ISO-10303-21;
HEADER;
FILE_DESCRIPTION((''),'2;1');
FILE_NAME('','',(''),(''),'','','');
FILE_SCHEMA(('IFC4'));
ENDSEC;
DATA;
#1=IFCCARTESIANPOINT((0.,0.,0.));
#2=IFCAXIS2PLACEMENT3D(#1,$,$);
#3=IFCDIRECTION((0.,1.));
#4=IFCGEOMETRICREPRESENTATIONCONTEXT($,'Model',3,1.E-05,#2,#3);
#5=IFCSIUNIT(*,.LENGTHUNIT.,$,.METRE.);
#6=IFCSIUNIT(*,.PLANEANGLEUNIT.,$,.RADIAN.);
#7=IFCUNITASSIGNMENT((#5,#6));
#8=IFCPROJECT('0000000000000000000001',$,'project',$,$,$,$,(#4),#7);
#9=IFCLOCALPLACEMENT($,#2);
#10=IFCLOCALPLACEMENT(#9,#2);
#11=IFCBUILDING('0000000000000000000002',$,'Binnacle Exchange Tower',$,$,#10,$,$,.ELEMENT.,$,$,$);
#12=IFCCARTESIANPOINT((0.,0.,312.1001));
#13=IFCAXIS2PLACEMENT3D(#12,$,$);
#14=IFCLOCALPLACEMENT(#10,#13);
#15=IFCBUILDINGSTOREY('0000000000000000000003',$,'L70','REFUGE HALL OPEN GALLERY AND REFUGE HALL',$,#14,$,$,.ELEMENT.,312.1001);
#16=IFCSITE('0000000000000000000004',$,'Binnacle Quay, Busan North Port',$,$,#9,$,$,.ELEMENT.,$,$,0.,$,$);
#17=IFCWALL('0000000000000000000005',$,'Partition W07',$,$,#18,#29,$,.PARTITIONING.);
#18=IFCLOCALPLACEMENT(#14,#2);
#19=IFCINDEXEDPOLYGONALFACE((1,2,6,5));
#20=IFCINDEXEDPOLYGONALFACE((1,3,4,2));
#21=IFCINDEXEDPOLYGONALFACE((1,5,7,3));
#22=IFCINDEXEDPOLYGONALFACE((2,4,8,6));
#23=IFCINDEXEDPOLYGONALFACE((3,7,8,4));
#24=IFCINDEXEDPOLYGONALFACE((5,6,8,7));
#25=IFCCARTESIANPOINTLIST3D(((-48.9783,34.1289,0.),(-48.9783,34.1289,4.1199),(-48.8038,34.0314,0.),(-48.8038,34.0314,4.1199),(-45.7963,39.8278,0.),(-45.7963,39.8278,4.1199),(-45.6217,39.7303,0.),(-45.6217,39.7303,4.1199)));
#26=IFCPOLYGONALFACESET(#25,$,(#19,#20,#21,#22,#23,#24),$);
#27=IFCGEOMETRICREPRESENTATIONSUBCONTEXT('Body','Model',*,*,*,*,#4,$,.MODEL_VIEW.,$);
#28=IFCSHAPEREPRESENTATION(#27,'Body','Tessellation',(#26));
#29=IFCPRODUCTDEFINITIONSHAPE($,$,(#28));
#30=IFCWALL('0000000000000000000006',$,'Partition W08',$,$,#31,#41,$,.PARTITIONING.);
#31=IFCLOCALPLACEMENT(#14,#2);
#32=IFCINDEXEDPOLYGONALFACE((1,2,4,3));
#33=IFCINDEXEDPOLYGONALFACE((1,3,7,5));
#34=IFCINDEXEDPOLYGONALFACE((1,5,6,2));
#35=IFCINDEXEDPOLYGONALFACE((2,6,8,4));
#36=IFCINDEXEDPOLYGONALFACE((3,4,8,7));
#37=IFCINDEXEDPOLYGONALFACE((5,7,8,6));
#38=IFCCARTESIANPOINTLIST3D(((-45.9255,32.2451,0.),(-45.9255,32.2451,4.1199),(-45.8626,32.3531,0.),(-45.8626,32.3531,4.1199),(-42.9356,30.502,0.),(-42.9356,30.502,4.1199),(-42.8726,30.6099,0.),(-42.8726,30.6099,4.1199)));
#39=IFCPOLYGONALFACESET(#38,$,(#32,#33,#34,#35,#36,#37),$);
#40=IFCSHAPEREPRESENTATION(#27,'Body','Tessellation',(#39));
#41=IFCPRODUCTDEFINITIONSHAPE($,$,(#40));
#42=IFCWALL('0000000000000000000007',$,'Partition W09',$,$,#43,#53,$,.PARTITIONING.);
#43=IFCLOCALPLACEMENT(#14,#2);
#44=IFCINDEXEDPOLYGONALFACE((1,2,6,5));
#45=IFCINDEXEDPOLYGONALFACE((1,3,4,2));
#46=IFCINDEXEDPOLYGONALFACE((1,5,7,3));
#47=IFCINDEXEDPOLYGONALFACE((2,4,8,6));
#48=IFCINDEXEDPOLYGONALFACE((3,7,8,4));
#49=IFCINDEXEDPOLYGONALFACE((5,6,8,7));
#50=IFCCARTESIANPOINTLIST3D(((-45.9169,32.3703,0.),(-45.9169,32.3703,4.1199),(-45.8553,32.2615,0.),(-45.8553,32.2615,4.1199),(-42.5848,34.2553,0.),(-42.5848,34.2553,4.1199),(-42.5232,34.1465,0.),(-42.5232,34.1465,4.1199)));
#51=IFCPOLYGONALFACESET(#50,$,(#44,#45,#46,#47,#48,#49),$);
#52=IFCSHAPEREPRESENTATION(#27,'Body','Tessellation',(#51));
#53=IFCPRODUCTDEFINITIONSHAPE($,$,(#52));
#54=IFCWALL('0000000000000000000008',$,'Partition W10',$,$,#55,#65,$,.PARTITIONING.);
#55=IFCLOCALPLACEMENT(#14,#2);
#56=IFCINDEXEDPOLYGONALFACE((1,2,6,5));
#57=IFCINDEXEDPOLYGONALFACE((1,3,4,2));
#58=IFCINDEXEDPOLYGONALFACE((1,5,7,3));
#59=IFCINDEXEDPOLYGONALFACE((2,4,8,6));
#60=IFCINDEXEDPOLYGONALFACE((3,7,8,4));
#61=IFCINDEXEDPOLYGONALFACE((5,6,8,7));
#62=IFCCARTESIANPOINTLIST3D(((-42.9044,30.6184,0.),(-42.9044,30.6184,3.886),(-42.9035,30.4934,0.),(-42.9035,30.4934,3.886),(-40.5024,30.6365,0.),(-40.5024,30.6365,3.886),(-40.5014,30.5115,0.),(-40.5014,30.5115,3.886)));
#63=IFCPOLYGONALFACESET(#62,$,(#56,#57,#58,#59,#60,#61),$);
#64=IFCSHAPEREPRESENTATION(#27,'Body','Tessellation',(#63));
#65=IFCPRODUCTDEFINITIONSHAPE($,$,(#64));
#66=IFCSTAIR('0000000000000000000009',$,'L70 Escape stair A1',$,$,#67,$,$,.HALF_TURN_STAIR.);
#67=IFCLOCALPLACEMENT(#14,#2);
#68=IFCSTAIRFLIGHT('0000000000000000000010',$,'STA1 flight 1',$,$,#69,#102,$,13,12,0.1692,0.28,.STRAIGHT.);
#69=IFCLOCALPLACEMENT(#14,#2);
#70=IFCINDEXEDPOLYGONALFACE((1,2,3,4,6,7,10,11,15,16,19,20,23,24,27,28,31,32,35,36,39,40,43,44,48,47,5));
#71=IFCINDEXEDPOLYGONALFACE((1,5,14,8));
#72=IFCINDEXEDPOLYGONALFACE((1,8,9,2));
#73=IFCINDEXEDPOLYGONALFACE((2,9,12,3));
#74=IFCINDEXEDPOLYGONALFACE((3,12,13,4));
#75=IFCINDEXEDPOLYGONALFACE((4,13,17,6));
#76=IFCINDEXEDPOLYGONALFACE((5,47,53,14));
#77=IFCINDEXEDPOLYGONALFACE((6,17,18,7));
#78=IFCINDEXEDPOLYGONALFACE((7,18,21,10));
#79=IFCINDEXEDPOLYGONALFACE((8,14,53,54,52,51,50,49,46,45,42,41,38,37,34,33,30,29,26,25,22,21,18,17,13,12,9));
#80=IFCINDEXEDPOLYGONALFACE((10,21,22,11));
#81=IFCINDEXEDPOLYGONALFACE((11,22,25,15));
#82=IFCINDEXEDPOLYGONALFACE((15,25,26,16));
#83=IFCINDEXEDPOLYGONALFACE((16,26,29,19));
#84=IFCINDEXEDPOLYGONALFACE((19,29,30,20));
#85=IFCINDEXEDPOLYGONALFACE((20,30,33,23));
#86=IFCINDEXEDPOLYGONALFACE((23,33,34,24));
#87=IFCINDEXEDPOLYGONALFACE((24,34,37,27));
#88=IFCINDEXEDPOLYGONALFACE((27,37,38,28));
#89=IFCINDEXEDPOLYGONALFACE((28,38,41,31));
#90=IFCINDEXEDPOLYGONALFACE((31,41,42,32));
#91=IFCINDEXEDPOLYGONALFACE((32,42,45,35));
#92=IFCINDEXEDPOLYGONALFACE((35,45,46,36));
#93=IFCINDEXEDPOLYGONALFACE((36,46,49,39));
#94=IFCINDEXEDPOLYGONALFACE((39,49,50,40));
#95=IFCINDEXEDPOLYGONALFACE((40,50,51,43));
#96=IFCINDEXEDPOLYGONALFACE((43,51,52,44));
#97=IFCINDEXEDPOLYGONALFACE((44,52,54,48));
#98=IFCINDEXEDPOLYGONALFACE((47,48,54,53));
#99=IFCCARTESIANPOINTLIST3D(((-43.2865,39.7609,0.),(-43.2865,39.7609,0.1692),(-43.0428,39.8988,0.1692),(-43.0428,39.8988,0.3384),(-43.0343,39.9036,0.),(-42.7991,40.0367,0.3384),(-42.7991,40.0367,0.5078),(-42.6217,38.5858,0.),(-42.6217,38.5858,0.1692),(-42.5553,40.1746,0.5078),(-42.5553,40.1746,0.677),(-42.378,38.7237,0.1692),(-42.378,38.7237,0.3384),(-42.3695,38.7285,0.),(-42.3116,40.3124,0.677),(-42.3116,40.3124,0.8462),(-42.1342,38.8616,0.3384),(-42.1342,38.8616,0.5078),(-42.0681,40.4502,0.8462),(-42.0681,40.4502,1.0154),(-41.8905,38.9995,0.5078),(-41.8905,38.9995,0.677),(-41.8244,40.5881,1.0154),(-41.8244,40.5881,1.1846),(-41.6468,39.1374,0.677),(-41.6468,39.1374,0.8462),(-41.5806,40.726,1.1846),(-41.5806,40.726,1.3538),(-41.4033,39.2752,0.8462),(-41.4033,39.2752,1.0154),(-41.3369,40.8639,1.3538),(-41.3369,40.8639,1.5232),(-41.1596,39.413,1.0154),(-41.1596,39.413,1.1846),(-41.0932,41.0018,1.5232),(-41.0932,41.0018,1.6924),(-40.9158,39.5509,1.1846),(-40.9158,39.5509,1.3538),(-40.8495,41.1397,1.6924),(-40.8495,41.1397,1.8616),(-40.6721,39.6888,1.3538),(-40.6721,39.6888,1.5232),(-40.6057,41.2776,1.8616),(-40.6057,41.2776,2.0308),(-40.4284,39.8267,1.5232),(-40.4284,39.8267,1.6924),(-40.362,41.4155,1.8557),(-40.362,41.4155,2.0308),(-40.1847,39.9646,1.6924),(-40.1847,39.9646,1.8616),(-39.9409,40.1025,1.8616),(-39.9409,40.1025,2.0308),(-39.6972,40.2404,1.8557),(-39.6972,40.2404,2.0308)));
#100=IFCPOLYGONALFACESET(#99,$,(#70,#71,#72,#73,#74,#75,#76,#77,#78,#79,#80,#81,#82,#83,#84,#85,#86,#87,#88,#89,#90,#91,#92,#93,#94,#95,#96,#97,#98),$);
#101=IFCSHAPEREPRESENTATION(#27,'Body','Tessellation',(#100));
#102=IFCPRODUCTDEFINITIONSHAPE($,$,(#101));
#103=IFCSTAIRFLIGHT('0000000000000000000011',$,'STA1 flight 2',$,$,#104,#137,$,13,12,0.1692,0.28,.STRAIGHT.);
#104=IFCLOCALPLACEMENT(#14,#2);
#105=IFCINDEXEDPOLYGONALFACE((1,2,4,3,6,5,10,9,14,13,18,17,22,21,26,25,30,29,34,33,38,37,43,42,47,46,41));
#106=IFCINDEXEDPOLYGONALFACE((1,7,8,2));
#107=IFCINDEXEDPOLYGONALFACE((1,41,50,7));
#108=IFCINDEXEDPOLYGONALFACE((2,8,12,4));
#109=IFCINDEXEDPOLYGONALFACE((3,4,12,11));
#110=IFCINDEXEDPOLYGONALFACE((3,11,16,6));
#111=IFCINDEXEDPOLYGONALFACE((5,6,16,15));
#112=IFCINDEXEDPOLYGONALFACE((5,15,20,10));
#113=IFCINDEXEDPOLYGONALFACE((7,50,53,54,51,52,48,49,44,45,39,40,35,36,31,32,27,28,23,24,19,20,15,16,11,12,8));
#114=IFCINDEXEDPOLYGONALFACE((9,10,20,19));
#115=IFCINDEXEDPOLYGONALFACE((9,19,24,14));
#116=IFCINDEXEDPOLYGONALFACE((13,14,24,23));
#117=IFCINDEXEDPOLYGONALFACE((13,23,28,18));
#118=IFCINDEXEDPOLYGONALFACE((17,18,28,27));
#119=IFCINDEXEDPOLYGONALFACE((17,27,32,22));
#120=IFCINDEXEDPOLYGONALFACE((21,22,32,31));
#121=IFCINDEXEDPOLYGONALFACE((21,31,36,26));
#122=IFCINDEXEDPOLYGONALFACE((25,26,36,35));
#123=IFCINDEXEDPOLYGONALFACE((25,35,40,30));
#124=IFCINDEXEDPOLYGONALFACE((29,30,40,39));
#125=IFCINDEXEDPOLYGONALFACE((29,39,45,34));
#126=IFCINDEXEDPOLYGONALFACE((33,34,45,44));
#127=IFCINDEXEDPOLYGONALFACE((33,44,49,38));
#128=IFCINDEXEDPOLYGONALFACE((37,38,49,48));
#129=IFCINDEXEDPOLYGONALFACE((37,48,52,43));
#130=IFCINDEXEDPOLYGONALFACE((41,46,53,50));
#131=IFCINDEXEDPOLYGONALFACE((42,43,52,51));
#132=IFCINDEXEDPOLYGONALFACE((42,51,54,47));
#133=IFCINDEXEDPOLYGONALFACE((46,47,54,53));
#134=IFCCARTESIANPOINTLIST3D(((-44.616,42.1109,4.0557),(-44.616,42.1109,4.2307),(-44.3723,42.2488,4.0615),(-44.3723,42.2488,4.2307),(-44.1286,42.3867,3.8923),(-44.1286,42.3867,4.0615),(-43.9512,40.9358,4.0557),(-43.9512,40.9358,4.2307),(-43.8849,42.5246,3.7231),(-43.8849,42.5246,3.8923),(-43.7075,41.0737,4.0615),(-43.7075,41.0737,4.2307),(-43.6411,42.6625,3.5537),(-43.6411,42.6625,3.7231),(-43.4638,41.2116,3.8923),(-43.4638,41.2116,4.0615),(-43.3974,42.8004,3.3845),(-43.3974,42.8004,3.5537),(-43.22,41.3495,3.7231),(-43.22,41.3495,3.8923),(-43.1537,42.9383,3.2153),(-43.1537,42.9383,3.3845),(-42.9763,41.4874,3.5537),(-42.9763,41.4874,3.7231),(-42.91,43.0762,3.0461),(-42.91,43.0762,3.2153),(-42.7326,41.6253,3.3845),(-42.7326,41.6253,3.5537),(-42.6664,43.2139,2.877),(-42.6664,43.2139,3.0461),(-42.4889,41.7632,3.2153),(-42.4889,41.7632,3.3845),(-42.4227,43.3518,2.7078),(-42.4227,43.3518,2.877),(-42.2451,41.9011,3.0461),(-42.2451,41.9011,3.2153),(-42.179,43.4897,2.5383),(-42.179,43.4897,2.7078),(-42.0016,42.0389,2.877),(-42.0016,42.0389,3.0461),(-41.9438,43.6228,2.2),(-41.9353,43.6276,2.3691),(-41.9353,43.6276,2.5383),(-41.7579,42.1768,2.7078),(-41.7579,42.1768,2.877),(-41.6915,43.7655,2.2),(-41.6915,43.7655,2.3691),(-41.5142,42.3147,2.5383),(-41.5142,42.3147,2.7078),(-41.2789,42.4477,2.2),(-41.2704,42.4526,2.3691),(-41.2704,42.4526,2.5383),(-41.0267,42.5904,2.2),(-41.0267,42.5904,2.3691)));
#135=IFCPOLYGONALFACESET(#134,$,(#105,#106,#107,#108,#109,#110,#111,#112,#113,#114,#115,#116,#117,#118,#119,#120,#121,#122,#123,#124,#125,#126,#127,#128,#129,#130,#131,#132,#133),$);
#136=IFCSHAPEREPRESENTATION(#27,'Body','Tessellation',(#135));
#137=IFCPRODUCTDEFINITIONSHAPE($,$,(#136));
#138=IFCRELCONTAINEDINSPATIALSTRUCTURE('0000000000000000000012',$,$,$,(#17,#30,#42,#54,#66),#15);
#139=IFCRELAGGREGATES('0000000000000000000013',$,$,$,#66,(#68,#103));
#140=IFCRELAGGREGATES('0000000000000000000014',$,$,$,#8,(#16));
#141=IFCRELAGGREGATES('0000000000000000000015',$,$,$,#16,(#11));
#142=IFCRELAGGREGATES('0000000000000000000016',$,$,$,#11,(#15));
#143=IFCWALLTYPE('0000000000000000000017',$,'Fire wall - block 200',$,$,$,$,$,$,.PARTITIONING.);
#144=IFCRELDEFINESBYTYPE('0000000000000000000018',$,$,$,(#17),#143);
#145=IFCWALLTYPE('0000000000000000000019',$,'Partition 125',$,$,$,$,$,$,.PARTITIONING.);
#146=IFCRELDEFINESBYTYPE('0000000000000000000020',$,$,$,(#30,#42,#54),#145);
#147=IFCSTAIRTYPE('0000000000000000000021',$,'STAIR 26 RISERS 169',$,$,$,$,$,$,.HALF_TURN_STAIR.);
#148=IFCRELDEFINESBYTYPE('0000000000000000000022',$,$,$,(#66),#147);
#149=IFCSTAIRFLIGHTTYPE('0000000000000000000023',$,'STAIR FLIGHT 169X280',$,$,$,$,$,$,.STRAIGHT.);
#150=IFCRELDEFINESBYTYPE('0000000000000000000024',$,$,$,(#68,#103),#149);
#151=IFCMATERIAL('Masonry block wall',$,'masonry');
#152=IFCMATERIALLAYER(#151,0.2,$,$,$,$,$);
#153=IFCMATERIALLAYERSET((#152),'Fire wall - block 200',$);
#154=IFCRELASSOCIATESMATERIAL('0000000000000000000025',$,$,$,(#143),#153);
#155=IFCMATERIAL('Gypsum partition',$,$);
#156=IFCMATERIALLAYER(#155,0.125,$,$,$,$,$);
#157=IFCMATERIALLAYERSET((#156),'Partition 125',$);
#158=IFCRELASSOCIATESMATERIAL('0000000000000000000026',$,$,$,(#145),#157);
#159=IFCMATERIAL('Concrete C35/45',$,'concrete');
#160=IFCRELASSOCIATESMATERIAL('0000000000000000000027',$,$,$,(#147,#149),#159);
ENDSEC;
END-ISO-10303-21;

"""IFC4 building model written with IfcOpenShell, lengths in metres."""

from ifc_helpers import new_model, si_unit, direction, frame, frame_2d, origin, place, context, subcontext, project, spatial, polyline, rectangle, outline, extrude, material, layer, layer_set, type_object, element, aggregate, save


model = new_model("IFC4")

# Units and contexts
model_context = context("Model", 3, precision=1e-05, world=origin(), true_north=direction((0.0, 1.0)))
body_context = subcontext(model_context, "Body", "Model", "MODEL_VIEW")
ifc_project = project(units=[si_unit("LENGTHUNIT", "METRE"), si_unit("PLANEANGLEUNIT", "RADIAN")], contexts=[model_context])

# Site, building, storey
site_placement = place(None, origin())
site = spatial("IfcSite", under=ifc_project, at=site_placement, Name="Binnacle Quay, Busan North Port", CompositionType="ELEMENT", RefElevation=0.0)
building_placement = place(site_placement, origin())
building = spatial("IfcBuilding", under=site, at=building_placement, Name="Binnacle Exchange Tower", CompositionType="ELEMENT")
storey_placement = place(building_placement, frame((0.0, 0.0, 312.1001)))
storey = spatial("IfcBuildingStorey", under=building, at=storey_placement, Name="L70", Description="REFUGE HALL OPEN GALLERY AND REFUGE HALL", CompositionType="ELEMENT", Elevation=312.1001)

# Shared definitions
ifc_material_1 = material(Name="Masonry block wall", Category="masonry")
ifc_layer_1 = layer(ifc_material_1, 0.2)
ifc_layer_set_1 = layer_set([ifc_layer_1], Name="Fire wall - block 200")
wall_type_1 = type_object("IfcWallType", Name="Fire wall - block 200", PredefinedType="PARTITIONING", material=ifc_layer_set_1)

# Walls
wall_1_placement = place(storey_placement, frame((-48.8911, 34.0801, 0.0), z_axis=(0.0, 0.0, 1.0), x_axis=(0.487519, 0.873113, 0.0)))
element("IfcWall", 1, at=wall_1_placement, inside=storey, type_object=wall_type_1, Name="Partition W07", PredefinedType="PARTITIONING", context=body_context, shape_type="SweptSolid", body=[
    extrude(rectangle(XDim=6.5271, YDim=0.2, at=frame_2d((3.2637, 0.0))), origin(), (0.0, 0.0, 1.0), 4.1199),
])
ifc_material_2 = material(Name="Gypsum partition")
ifc_layer_2 = layer(ifc_material_2, 0.125)
ifc_layer_set_2 = layer_set([ifc_layer_2], Name="Partition 125")
wall_type_2 = type_object("IfcWallType", Name="Partition 125", PredefinedType="PARTITIONING", material=ifc_layer_set_2)
wall_2_placement = place(storey_placement, frame((-45.894, 32.2991, 0.0), z_axis=(0.0, 0.0, 1.0), x_axis=(0.863904, -0.503656, 0.0)))
element("IfcWall", 2, at=wall_2_placement, inside=storey, type_object=wall_type_2, Name="Partition W08", PredefinedType="PARTITIONING", context=body_context, shape_type="SweptSolid", body=[
    extrude(rectangle(XDim=3.4609, YDim=0.125, at=frame_2d((1.7305, 0.0))), origin(), (0.0, 0.0, 1.0), 4.1199),
])
wall_3_placement = place(storey_placement, frame((-45.886, 32.3159, 0.0), z_axis=(0.0, 0.0, 1.0), x_axis=(0.870374, 0.492391, 0.0)))
element("IfcWall", 3, at=wall_3_placement, inside=storey, type_object=wall_type_2, Name="Partition W09", PredefinedType="PARTITIONING", context=body_context, shape_type="SweptSolid", body=[
    extrude(rectangle(XDim=3.8284, YDim=0.125, at=frame_2d((1.9141, 0.0))), origin(), (0.0, 0.0, 1.0), 4.1199),
])
wall_4_placement = place(storey_placement, frame((-42.9041, 30.5559, 0.0), z_axis=(0.0, 0.0, 1.0), x_axis=(0.999972, 0.007521, 0.0)))
element("IfcWall", 4, at=wall_4_placement, inside=storey, type_object=wall_type_2, Name="Partition W10", PredefinedType="PARTITIONING", context=body_context, shape_type="SweptSolid", body=[
    extrude(rectangle(XDim=2.4021, YDim=0.125, at=frame_2d((1.2012, 0.0))), origin(), (0.0, 0.0, 1.0), 3.886),
])

# Stair, stair flights
ifc_material_3 = material(Name="Concrete C35/45", Category="concrete")
stair_type = type_object("IfcStairType", Name="STAIR 26 RISERS 169", PredefinedType="HALF_TURN_STAIR", material=ifc_material_3)
stair_placement = place(storey_placement, origin())
stair = element("IfcStair", 5, at=stair_placement, inside=storey, type_object=stair_type, Name="L70 Escape stair A1", PredefinedType="HALF_TURN_STAIR")
stair_flight_type = type_object("IfcStairFlightType", Name="STAIR FLIGHT 169X280", PredefinedType="STRAIGHT", material=ifc_material_3)
stair_flight_1_placement = place(storey_placement, frame((-42.9541, 39.1733, 0.0), z_axis=(0.0, 0.0, 1.0), x_axis=(0.870356, 0.492424, 0.0)))
stair_flight_1 = element("IfcStairFlight", 6, at=stair_flight_1_placement, type_object=stair_flight_type, Name="STA1 flight 1", NumberOfRisers=13, NumberOfTreads=12, PredefinedType="STRAIGHT", RiserHeight=0.1692, TreadLength=0.28, context=body_context, shape_type="SweptSolid", body=[
    extrude(outline(polyline([(0.0, 0.0), (0.0, 0.1692), (0.28, 0.1692), (0.28, 0.3384), (0.5601, 0.3384), (0.5601, 0.5078), (0.8401, 0.5078), (0.8401, 0.677), (1.1201, 0.677), (1.1201, 0.8462), (1.3999, 0.8462), (1.3999, 1.0154), (1.6799, 1.0154), (1.6799, 1.1846), (1.96, 1.1846), (1.96, 1.3538), (2.24, 1.3538), (2.24, 1.5232), (2.52, 1.5232), (2.52, 1.6924), (2.8, 1.6924), (2.8, 1.8616), (3.0801, 1.8616), (3.0801, 2.0308), (3.3601, 2.0308), (3.3601, 2.2), (3.3601, 1.8557), (0.2898, 0.0), (0.0, 0.0)])), frame((0.0, 0.675, 0.0), z_axis=(0.0, -1.0, 0.0), x_axis=(1.0, 0.0, 0.0)), (0.0, 0.0, 1.0), 1.3501),
])
stair_flight_2_placement = place(storey_placement, frame((-41.3591, 43.178, 2.2), z_axis=(0.0, 0.0, 1.0), x_axis=(-0.870356, -0.492424, 0.0)))
stair_flight_2 = element("IfcStairFlight", 7, at=stair_flight_2_placement, type_object=stair_flight_type, Name="STA1 flight 2", NumberOfRisers=13, NumberOfTreads=12, PredefinedType="STRAIGHT", RiserHeight=0.1692, TreadLength=0.28, context=body_context, shape_type="SweptSolid", body=[
    extrude(outline(polyline([(0.0, 0.0), (0.0, 0.1692), (0.28, 0.1692), (0.28, 0.3384), (0.5601, 0.3384), (0.5601, 0.5078), (0.8401, 0.5078), (0.8401, 0.677), (1.1201, 0.677), (1.1201, 0.8462), (1.3999, 0.8462), (1.3999, 1.0154), (1.6799, 1.0154), (1.6799, 1.1846), (1.96, 1.1846), (1.96, 1.3538), (2.24, 1.3538), (2.24, 1.5232), (2.52, 1.5232), (2.52, 1.6924), (2.8, 1.6924), (2.8, 1.8616), (3.0801, 1.8616), (3.0801, 2.0308), (3.3601, 2.0308), (3.3601, 2.2), (3.3601, 1.8557), (0.2898, 0.0), (0.0, 0.0)])), frame((0.0, 0.675, 0.0), z_axis=(0.0, -1.0, 0.0), x_axis=(1.0, 0.0, 0.0)), (0.0, 0.0, 1.0), 1.3501),
])
aggregate(stair, [stair_flight_1, stair_flight_2])

save(model, "model.ifc")
